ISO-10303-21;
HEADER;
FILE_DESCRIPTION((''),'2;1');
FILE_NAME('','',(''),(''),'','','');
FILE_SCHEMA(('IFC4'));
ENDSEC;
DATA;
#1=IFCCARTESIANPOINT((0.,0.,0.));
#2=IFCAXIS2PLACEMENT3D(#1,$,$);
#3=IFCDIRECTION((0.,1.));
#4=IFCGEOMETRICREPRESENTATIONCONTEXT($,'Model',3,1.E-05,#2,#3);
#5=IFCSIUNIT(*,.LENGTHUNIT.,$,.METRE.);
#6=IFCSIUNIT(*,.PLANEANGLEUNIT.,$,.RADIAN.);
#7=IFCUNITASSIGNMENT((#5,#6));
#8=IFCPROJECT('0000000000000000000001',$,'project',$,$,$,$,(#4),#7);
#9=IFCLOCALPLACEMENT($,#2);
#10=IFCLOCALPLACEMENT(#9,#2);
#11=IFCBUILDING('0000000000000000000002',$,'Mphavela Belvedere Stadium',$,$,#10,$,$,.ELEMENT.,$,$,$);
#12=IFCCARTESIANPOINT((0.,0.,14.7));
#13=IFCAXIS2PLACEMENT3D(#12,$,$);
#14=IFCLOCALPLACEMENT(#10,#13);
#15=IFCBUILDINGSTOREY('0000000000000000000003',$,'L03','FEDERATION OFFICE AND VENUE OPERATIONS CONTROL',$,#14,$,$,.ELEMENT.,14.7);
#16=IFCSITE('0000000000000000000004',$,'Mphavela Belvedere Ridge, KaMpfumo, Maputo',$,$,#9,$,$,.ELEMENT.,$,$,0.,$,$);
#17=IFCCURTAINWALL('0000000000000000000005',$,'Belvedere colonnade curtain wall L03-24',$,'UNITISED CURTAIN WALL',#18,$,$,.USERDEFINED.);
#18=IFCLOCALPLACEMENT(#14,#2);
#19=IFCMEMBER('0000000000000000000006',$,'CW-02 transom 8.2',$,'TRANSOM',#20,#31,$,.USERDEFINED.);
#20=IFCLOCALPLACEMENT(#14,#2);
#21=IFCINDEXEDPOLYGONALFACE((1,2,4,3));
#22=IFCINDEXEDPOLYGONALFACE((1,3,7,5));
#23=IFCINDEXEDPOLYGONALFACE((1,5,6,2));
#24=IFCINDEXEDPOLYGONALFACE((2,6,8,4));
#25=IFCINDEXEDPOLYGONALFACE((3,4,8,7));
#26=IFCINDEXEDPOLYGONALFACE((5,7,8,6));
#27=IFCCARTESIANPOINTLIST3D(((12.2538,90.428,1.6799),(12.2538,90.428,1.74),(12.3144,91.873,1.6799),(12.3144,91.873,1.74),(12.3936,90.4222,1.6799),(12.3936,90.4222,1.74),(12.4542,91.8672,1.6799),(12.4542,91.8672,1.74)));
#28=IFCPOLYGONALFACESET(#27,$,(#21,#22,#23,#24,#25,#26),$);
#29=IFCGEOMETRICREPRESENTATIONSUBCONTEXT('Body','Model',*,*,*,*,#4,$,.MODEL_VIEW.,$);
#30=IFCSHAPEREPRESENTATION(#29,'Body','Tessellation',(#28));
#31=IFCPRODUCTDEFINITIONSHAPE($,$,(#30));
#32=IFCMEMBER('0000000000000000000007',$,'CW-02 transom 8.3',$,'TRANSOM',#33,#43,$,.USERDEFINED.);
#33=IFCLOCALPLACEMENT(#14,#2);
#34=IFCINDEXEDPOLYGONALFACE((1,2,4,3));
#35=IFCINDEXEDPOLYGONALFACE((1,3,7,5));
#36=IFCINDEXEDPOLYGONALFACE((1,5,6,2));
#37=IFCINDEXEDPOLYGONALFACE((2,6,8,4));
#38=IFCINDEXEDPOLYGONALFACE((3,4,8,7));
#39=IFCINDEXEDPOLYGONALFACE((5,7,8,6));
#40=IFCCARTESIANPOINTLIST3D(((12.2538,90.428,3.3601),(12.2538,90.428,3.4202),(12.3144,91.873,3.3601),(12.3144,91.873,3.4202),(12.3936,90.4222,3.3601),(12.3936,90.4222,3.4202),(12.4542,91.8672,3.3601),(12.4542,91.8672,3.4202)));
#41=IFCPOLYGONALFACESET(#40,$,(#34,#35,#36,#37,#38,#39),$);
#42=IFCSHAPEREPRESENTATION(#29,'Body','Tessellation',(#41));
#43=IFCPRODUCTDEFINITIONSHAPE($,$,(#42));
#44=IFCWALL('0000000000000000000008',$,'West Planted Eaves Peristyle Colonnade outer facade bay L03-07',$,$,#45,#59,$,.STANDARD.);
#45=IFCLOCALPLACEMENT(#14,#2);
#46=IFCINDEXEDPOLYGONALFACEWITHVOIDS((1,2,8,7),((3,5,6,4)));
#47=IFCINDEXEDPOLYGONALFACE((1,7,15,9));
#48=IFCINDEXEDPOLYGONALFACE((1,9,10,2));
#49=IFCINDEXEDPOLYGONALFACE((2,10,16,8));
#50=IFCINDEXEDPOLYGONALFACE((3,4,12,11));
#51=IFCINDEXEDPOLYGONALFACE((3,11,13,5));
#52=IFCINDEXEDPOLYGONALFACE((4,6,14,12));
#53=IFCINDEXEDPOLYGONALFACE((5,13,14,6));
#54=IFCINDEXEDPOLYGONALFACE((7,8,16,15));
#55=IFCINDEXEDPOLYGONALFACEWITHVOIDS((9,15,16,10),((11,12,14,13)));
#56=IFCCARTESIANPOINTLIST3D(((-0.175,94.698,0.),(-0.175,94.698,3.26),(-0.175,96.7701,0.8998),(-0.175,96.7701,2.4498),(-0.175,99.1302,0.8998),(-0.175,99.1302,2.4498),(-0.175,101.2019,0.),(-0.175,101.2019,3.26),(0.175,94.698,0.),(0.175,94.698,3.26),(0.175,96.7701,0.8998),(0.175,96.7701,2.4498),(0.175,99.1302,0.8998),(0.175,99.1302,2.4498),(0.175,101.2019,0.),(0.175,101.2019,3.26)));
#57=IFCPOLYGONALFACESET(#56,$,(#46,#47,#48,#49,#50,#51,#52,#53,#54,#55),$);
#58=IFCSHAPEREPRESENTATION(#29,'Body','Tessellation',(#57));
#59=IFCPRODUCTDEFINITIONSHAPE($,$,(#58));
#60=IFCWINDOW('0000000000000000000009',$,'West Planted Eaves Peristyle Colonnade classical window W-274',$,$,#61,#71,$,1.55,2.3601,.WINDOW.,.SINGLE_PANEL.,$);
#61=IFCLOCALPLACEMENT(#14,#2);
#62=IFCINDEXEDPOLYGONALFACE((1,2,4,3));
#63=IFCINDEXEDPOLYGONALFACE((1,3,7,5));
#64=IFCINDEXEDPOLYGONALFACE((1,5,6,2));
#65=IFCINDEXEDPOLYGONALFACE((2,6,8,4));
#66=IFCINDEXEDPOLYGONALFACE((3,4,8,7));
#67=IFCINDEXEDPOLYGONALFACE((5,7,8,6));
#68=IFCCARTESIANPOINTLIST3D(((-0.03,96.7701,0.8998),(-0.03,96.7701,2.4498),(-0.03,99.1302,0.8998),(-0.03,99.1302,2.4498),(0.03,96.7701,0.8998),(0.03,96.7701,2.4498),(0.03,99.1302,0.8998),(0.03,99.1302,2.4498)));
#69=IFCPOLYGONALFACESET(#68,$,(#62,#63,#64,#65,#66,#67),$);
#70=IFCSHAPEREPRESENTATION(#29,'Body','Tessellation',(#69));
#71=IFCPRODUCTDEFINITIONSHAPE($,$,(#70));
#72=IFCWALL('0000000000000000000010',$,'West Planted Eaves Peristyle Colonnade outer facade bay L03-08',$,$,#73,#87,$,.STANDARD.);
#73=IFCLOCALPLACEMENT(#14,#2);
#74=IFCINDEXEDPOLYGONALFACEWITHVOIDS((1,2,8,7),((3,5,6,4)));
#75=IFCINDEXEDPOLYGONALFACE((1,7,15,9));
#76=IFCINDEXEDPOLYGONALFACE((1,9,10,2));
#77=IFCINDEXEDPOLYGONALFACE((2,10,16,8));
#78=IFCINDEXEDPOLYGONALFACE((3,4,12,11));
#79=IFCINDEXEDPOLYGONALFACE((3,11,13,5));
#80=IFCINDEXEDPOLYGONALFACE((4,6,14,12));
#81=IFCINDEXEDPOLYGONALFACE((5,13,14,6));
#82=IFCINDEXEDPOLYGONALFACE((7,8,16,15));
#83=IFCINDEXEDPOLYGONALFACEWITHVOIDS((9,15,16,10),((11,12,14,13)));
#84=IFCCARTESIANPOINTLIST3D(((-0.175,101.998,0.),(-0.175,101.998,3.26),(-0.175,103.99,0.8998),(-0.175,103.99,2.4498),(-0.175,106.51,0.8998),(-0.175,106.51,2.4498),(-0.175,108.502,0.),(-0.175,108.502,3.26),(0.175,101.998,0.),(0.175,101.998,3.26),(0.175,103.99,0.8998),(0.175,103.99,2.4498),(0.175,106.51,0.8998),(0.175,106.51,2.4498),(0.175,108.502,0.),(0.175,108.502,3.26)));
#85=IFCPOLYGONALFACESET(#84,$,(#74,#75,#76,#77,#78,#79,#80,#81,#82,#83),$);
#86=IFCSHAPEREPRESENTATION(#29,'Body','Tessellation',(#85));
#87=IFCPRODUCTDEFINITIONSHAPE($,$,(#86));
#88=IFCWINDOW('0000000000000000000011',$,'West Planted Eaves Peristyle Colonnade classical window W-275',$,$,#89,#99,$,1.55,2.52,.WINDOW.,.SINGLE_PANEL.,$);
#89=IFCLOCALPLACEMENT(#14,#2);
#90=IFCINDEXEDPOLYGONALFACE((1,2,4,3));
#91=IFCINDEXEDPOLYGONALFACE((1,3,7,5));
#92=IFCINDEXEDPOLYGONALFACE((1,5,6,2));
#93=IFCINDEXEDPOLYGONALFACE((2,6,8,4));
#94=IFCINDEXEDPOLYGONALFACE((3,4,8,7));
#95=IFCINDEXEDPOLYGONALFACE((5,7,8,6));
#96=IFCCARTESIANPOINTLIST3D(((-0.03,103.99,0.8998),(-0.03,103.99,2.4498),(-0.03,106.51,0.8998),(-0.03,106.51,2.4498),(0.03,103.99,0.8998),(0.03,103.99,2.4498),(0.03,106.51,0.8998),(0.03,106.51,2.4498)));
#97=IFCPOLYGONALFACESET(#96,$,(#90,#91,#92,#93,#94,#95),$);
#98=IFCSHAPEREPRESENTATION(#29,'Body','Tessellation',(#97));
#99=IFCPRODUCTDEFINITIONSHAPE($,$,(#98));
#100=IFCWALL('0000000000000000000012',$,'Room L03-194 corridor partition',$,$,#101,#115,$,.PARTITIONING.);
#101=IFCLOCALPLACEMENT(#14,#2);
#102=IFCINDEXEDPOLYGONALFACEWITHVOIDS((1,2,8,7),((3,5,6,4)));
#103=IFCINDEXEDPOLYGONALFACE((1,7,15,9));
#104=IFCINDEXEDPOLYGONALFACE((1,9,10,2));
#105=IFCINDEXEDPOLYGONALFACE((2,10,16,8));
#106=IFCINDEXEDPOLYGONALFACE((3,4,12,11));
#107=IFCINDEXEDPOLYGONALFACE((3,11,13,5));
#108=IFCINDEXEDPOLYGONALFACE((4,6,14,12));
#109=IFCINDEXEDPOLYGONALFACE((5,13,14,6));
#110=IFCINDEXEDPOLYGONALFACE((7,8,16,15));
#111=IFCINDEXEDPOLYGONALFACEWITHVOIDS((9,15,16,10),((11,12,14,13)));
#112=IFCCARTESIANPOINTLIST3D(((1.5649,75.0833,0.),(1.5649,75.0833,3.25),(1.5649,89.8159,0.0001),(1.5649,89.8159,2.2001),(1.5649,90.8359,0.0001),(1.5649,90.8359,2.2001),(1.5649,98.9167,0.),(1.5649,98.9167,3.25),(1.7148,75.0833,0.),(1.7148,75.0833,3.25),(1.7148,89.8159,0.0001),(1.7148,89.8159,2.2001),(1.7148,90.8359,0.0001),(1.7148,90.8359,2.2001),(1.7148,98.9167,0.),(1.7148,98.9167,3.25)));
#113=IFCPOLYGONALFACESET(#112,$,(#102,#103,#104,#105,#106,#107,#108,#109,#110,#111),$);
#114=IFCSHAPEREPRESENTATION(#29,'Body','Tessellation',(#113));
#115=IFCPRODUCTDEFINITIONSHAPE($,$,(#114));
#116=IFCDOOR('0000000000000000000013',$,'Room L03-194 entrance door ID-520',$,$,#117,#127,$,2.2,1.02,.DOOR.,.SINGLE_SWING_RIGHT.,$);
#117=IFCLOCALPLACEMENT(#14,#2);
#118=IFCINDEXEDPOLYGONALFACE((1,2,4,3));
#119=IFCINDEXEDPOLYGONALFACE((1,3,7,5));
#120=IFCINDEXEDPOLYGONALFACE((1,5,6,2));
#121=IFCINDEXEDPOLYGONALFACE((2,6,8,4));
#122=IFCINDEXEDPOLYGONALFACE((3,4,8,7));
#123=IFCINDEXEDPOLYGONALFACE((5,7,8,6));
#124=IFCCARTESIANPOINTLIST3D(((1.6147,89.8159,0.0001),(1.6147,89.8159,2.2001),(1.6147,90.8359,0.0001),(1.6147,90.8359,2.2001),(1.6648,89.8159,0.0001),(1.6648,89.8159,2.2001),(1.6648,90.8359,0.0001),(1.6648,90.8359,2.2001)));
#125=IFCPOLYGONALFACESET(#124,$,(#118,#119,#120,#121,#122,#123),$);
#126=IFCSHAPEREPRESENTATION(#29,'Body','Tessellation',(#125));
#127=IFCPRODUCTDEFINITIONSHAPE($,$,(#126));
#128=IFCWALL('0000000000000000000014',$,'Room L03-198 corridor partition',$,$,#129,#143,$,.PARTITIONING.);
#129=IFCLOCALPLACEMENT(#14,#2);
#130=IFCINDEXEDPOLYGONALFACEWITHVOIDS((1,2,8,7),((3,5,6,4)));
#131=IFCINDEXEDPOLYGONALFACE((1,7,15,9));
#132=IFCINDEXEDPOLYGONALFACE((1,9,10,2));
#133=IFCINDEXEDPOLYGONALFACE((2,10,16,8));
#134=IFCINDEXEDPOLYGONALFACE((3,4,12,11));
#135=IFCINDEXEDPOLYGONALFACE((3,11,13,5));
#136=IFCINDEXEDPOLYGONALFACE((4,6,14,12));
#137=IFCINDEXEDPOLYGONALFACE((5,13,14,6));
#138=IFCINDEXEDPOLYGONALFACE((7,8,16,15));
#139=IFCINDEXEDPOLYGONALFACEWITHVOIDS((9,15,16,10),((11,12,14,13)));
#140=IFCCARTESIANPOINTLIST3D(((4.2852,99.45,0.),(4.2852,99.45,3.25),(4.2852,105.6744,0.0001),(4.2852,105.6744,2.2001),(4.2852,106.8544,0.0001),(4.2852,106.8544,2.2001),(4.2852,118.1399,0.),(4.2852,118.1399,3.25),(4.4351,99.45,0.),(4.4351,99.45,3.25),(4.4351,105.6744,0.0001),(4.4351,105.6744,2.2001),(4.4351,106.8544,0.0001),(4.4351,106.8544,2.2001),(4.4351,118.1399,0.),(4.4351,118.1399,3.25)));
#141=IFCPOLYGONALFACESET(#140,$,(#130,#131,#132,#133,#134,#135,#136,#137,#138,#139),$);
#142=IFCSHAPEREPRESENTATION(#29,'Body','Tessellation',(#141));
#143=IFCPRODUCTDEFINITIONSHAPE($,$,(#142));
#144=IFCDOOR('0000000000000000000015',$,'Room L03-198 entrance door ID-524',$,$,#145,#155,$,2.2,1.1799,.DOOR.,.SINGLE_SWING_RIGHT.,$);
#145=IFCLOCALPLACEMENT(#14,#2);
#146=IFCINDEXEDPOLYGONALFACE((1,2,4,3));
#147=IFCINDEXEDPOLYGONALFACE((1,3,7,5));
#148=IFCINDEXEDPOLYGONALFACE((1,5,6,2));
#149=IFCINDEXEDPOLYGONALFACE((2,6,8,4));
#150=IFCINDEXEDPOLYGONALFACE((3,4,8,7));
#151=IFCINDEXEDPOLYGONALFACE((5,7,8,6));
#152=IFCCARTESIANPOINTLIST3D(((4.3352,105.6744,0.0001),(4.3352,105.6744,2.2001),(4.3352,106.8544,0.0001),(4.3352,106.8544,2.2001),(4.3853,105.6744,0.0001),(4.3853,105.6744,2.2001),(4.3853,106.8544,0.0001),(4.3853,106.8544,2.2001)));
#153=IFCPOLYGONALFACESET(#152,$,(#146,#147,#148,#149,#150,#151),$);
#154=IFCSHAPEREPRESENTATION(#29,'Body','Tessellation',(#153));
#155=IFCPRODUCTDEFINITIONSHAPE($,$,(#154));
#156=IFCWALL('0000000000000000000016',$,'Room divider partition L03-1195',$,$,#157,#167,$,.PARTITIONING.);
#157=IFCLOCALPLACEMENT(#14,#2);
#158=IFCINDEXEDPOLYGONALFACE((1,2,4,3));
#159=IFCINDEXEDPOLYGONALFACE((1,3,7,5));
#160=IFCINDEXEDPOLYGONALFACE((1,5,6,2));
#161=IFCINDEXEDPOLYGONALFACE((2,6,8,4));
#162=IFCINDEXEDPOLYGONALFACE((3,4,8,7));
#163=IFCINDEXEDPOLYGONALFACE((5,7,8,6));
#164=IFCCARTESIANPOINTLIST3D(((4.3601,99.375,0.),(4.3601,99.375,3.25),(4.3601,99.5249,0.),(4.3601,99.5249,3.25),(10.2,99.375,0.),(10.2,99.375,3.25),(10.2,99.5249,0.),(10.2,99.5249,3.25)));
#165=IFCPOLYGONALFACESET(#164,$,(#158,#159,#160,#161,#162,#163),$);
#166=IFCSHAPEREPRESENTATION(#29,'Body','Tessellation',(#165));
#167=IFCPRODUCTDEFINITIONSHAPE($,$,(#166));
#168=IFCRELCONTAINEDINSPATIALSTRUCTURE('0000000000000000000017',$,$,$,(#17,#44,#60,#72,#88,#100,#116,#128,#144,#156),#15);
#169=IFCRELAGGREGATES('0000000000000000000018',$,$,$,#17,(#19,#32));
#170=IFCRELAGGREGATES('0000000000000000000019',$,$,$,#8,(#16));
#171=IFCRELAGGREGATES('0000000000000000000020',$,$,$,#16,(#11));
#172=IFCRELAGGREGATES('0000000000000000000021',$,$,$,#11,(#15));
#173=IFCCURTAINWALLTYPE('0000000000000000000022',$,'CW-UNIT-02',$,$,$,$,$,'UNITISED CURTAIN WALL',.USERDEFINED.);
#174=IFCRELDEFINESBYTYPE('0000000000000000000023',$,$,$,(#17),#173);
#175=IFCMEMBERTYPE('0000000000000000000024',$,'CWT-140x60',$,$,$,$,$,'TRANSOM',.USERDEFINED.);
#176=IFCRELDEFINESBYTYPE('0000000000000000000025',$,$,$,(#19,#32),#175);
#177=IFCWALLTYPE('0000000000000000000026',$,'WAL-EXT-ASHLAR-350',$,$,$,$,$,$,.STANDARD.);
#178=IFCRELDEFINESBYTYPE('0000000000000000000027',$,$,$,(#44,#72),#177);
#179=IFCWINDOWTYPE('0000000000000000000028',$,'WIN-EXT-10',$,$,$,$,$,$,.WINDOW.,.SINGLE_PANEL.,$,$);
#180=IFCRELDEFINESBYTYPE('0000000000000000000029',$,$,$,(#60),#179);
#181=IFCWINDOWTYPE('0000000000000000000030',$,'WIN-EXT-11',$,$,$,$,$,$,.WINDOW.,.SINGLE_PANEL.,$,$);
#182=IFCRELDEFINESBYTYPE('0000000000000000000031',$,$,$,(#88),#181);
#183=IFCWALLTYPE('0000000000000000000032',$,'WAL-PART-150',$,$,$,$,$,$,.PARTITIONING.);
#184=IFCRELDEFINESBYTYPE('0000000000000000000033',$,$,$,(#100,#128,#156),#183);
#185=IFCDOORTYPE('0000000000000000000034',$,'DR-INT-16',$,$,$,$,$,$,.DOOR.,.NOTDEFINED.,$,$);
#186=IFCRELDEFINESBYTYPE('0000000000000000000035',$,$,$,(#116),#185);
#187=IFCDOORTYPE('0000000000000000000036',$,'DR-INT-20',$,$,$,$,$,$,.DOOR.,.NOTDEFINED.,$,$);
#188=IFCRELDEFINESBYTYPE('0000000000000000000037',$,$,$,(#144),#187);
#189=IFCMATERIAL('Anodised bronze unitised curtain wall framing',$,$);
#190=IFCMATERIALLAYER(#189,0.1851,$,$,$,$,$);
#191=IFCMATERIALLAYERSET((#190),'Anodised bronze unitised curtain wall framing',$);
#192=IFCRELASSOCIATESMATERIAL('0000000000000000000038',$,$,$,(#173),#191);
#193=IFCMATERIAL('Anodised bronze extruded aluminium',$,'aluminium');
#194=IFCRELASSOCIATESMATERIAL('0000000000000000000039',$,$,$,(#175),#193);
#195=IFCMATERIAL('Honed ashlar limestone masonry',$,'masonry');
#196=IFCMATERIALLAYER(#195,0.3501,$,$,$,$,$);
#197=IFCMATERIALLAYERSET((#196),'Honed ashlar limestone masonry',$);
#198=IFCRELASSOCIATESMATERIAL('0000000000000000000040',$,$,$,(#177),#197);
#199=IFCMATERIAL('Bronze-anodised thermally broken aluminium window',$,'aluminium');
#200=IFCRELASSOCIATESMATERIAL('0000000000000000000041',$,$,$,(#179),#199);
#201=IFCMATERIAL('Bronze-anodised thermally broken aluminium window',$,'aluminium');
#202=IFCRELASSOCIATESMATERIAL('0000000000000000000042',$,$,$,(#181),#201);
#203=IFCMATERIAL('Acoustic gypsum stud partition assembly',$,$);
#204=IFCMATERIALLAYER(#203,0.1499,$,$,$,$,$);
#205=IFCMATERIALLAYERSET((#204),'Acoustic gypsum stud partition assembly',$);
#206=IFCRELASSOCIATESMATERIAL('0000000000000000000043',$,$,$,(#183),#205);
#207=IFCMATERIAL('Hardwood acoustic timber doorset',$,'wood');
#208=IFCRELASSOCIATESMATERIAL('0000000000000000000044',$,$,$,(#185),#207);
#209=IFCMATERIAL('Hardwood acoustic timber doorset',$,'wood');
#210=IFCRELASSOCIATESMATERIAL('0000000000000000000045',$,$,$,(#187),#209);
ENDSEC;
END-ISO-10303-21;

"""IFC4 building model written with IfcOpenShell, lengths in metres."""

from ifc_helpers import new_model, si_unit, direction, frame, frame_2d, origin, origin_2d, place, context, subcontext, project, spatial, rectangle, extrude, material, layer, layer_set, material_profile, profile_set, type_object, element, fill, aggregate, save


model = new_model("IFC4")

# Units and contexts
model_context = context("Model", 3, precision=1e-05, world=origin(), true_north=direction((0.0, 1.0)))
body_context = subcontext(model_context, "Body", "Model", "MODEL_VIEW")
ifc_project = project(units=[si_unit("LENGTHUNIT", "METRE"), si_unit("PLANEANGLEUNIT", "RADIAN")], contexts=[model_context])

# Site, building, storey
site_placement = place(None, origin())
site = spatial("IfcSite", under=ifc_project, at=site_placement, Name="Mphavela Belvedere Ridge, KaMpfumo, Maputo", CompositionType="ELEMENT", RefElevation=0.0)
building_placement = place(site_placement, origin())
building = spatial("IfcBuilding", under=site, at=building_placement, Name="Mphavela Belvedere Stadium", CompositionType="ELEMENT")
storey_placement = place(building_placement, frame((0.0, 0.0, 14.7)))
storey = spatial("IfcBuildingStorey", under=building, at=storey_placement, Name="L03", Description="FEDERATION OFFICE AND VENUE OPERATIONS CONTROL", CompositionType="ELEMENT", Elevation=14.7)

# Curtain wall, members
ifc_material_1 = material(Name="Anodised bronze unitised curtain wall framing")
ifc_layer_1 = layer(ifc_material_1, 0.1851)
ifc_layer_set_1 = layer_set([ifc_layer_1], Name="Anodised bronze unitised curtain wall framing")
curtain_wall_type = type_object("IfcCurtainWallType", Name="CW-UNIT-02", ElementType="UNITISED CURTAIN WALL", PredefinedType="USERDEFINED", material=ifc_layer_set_1)
curtain_wall_placement = place(storey_placement, origin())
curtain_wall = element("IfcCurtainWall", 1, at=curtain_wall_placement, inside=storey, type_object=curtain_wall_type, Name="Belvedere colonnade curtain wall L03-24", ObjectType="UNITISED CURTAIN WALL", PredefinedType="USERDEFINED")
ifc_material_2 = material(Name="Anodised bronze extruded aluminium", Category="aluminium")
ifc_material_profile_1 = material_profile(ifc_material_2, rectangle(XDim=0.1399, YDim=0.0601, at=origin_2d()), Name="CW-TRN 140x60")
ifc_profile_set_1 = profile_set([ifc_material_profile_1], Name="Anodised bronze extruded aluminium")
member_type = type_object("IfcMemberType", Name="CWT-140x60", ElementType="TRANSOM", PredefinedType="USERDEFINED", material=ifc_profile_set_1)
member_1_placement = place(storey_placement, frame((12.3843, 91.8701, 1.71), z_axis=(-0.041862, -0.999123, 0.0), x_axis=(0.999123, -0.041862, 0.0)))
member_1 = element("IfcMember", 2, at=member_1_placement, type_object=member_type, Name="CW-02 transom 8.2", ObjectType="TRANSOM", PredefinedType="USERDEFINED", context=body_context, shape_type="SweptSolid", body=[
    extrude(rectangle(XDim=0.1399, YDim=0.0601, at=origin_2d()), origin(), (0.0, 0.0, 1.0), 1.4463),
])
member_2_placement = place(storey_placement, frame((12.3843, 91.8701, 3.3901), z_axis=(-0.041862, -0.999123, 0.0), x_axis=(0.999123, -0.041862, 0.0)))
member_2 = element("IfcMember", 3, at=member_2_placement, type_object=member_type, Name="CW-02 transom 8.3", ObjectType="TRANSOM", PredefinedType="USERDEFINED", context=body_context, shape_type="SweptSolid", body=[
    extrude(rectangle(XDim=0.1399, YDim=0.0601, at=origin_2d()), origin(), (0.0, 0.0, 1.0), 1.4463),
])
aggregate(curtain_wall, [member_1, member_2])

# Walls, openings, windows
ifc_material_3 = material(Name="Honed ashlar limestone masonry", Category="masonry")
ifc_layer_2 = layer(ifc_material_3, 0.3501)
ifc_layer_set_2 = layer_set([ifc_layer_2], Name="Honed ashlar limestone masonry")
wall_type_1 = type_object("IfcWallType", Name="WAL-EXT-ASHLAR-350", PredefinedType="STANDARD", material=ifc_layer_set_2)
wall_1_placement = place(storey_placement, frame((0.0, 94.698, 0.0), z_axis=(0.0, 0.0, 1.0), x_axis=(0.0, 1.0, 0.0)))
wall_1 = element("IfcWall", 4, at=wall_1_placement, inside=storey, type_object=wall_type_1, Name="West Planted Eaves Peristyle Colonnade outer facade bay L03-07", PredefinedType="STANDARD", context=body_context, shape_type="SweptSolid", body=[
    extrude(rectangle(XDim=6.5039, YDim=0.3501, at=frame_2d((3.252, 0.0))), origin(), (0.0, 0.0, 1.0), 3.26),
])
opening_1_placement = place(wall_1_placement, frame((2.072, 0.0, 0.8999)))
opening_1 = element("IfcOpeningElement", 5, at=opening_1_placement, cuts=wall_1, PredefinedType="OPENING", context=body_context, shape_type="SweptSolid", body=[
    extrude(rectangle(XDim=2.3601, YDim=1.55, at=frame_2d((1.1802, 0.7749))), frame((0.0, 0.1851, 0.0), z_axis=(0.0, -1.0, 0.0), x_axis=(1.0, 0.0, 0.0)), (0.0, 0.0, 1.0), 0.3701),
])
ifc_material_4 = material(Name="Bronze-anodised thermally broken aluminium window", Category="aluminium")
window_type_1 = type_object("IfcWindowType", Name="WIN-EXT-10", PartitioningType="SINGLE_PANEL", PredefinedType="WINDOW", material=ifc_material_4)
window_1_placement = place(opening_1_placement, origin())
window_1 = element("IfcWindow", 6, at=window_1_placement, inside=storey, type_object=window_type_1, Name="West Planted Eaves Peristyle Colonnade classical window W-274", OverallHeight=1.55, OverallWidth=2.3601, PartitioningType="SINGLE_PANEL", PredefinedType="WINDOW", context=body_context, shape_type="SweptSolid", body=[
    extrude(rectangle(XDim=2.3601, YDim=1.55, at=frame_2d((1.1802, 0.7749))), frame((0.0, 0.03, 0.0), z_axis=(0.0, -1.0, 0.0), x_axis=(1.0, 0.0, 0.0)), (0.0, 0.0, 1.0), 0.0601),
])
fill(opening_1, window_1)
wall_2_placement = place(storey_placement, frame((0.0, 101.998, 0.0), z_axis=(0.0, 0.0, 1.0), x_axis=(0.0, 1.0, 0.0)))
wall_2 = element("IfcWall", 7, at=wall_2_placement, inside=storey, type_object=wall_type_1, Name="West Planted Eaves Peristyle Colonnade outer facade bay L03-08", PredefinedType="STANDARD", context=body_context, shape_type="SweptSolid", body=[
    extrude(rectangle(XDim=6.5039, YDim=0.3501, at=frame_2d((3.252, 0.0))), origin(), (0.0, 0.0, 1.0), 3.26),
])
opening_2_placement = place(wall_2_placement, frame((1.9919, 0.0, 0.8999)))
opening_2 = element("IfcOpeningElement", 8, at=opening_2_placement, cuts=wall_2, PredefinedType="OPENING", context=body_context, shape_type="SweptSolid", body=[
    extrude(rectangle(XDim=2.52, YDim=1.55, at=frame_2d((1.26, 0.7749))), frame((0.0, 0.1851, 0.0), z_axis=(0.0, -1.0, 0.0), x_axis=(1.0, 0.0, 0.0)), (0.0, 0.0, 1.0), 0.3701),
])
ifc_material_5 = material(Name="Bronze-anodised thermally broken aluminium window", Category="aluminium")
window_type_2 = type_object("IfcWindowType", Name="WIN-EXT-11", PartitioningType="SINGLE_PANEL", PredefinedType="WINDOW", material=ifc_material_5)
window_2_placement = place(opening_2_placement, origin())
window_2 = element("IfcWindow", 9, at=window_2_placement, inside=storey, type_object=window_type_2, Name="West Planted Eaves Peristyle Colonnade classical window W-275", OverallHeight=1.55, OverallWidth=2.52, PartitioningType="SINGLE_PANEL", PredefinedType="WINDOW", context=body_context, shape_type="SweptSolid", body=[
    extrude(rectangle(XDim=2.52, YDim=1.55, at=frame_2d((1.26, 0.7749))), frame((0.0, 0.03, 0.0), z_axis=(0.0, -1.0, 0.0), x_axis=(1.0, 0.0, 0.0)), (0.0, 0.0, 1.0), 0.0601),
])
fill(opening_2, window_2)

# Walls, openings, doors
ifc_material_6 = material(Name="Acoustic gypsum stud partition assembly")
ifc_layer_3 = layer(ifc_material_6, 0.1499)
ifc_layer_set_3 = layer_set([ifc_layer_3], Name="Acoustic gypsum stud partition assembly")
wall_type_2 = type_object("IfcWallType", Name="WAL-PART-150", PredefinedType="PARTITIONING", material=ifc_layer_set_3)
wall_3_placement = place(storey_placement, frame((1.6399, 98.9167, 0.0), z_axis=(0.0, 0.0, 1.0), x_axis=(0.0, -1.0, 0.0)))
wall_3 = element("IfcWall", 10, at=wall_3_placement, inside=storey, type_object=wall_type_2, Name="Room L03-194 corridor partition", PredefinedType="PARTITIONING", context=body_context, shape_type="SweptSolid", body=[
    extrude(rectangle(XDim=23.8335, YDim=0.1499, at=frame_2d((11.9167, 0.0))), origin(), (0.0, 0.0, 1.0), 3.25),
])
opening_3_placement = place(wall_3_placement, frame((8.0808, 0.0, 0.0)))
opening_3 = element("IfcOpeningElement", 11, at=opening_3_placement, cuts=wall_3, PredefinedType="OPENING", context=body_context, shape_type="SweptSolid", body=[
    extrude(rectangle(XDim=1.02, YDim=2.2, at=frame_2d((0.51, 1.1001))), frame((0.0, 0.085, 0.0), z_axis=(0.0, -1.0, 0.0), x_axis=(1.0, 0.0, 0.0)), (0.0, 0.0, 1.0), 0.1699),
])
ifc_material_7 = material(Name="Hardwood acoustic timber doorset", Category="wood")
door_type_1 = type_object("IfcDoorType", Name="DR-INT-16", OperationType="NOTDEFINED", PredefinedType="DOOR", material=ifc_material_7)
door_1_placement = place(opening_3_placement, origin())
door_1 = element("IfcDoor", 12, at=door_1_placement, inside=storey, type_object=door_type_1, Name="Room L03-194 entrance door ID-520", OperationType="SINGLE_SWING_RIGHT", OverallHeight=2.2, OverallWidth=1.02, PredefinedType="DOOR", context=body_context, shape_type="SweptSolid", body=[
    extrude(rectangle(XDim=1.02, YDim=2.2, at=frame_2d((0.51, 1.1001))), frame((0.0, 0.0249, 0.0), z_axis=(0.0, -1.0, 0.0), x_axis=(1.0, 0.0, 0.0)), (0.0, 0.0, 1.0), 0.05),
])
fill(opening_3, door_1)
wall_4_placement = place(storey_placement, frame((4.3601, 99.45, 0.0), z_axis=(0.0, 0.0, 1.0), x_axis=(0.0, 1.0, 0.0)))
wall_4 = element("IfcWall", 13, at=wall_4_placement, inside=storey, type_object=wall_type_2, Name="Room L03-198 corridor partition", PredefinedType="PARTITIONING", context=body_context, shape_type="SweptSolid", body=[
    extrude(rectangle(XDim=18.6899, YDim=0.1499, at=frame_2d((9.345, 0.0))), origin(), (0.0, 0.0, 1.0), 3.25),
])
opening_4_placement = place(wall_4_placement, frame((6.2246, 0.0, 0.0)))
opening_4 = element("IfcOpeningElement", 14, at=opening_4_placement, cuts=wall_4, PredefinedType="OPENING", context=body_context, shape_type="SweptSolid", body=[
    extrude(rectangle(XDim=1.1799, YDim=2.2, at=frame_2d((0.5898, 1.1001))), frame((0.0, 0.085, 0.0), z_axis=(0.0, -1.0, 0.0), x_axis=(1.0, 0.0, 0.0)), (0.0, 0.0, 1.0), 0.1699),
])
ifc_material_8 = material(Name="Hardwood acoustic timber doorset", Category="wood")
door_type_2 = type_object("IfcDoorType", Name="DR-INT-20", OperationType="NOTDEFINED", PredefinedType="DOOR", material=ifc_material_8)
door_2_placement = place(opening_4_placement, origin())
door_2 = element("IfcDoor", 15, at=door_2_placement, inside=storey, type_object=door_type_2, Name="Room L03-198 entrance door ID-524", OperationType="SINGLE_SWING_RIGHT", OverallHeight=2.2, OverallWidth=1.1799, PredefinedType="DOOR", context=body_context, shape_type="SweptSolid", body=[
    extrude(rectangle(XDim=1.1799, YDim=2.2, at=frame_2d((0.5898, 1.1001))), frame((0.0, 0.0249, 0.0), z_axis=(0.0, -1.0, 0.0), x_axis=(1.0, 0.0, 0.0)), (0.0, 0.0, 1.0), 0.05),
])
fill(opening_4, door_2)

# Wall
wall_5_placement = place(storey_placement, frame((10.2, 99.45, 0.0), z_axis=(0.0, 0.0, 1.0), x_axis=(-1.0, 0.0, 0.0)))
element("IfcWall", 16, at=wall_5_placement, inside=storey, type_object=wall_type_2, Name="Room divider partition L03-1195", PredefinedType="PARTITIONING", context=body_context, shape_type="SweptSolid", body=[
    extrude(rectangle(XDim=5.8398, YDim=0.1499, at=frame_2d((2.9199, 0.0))), origin(), (0.0, 0.0, 1.0), 3.25),
])

save(model, "model.ifc")
